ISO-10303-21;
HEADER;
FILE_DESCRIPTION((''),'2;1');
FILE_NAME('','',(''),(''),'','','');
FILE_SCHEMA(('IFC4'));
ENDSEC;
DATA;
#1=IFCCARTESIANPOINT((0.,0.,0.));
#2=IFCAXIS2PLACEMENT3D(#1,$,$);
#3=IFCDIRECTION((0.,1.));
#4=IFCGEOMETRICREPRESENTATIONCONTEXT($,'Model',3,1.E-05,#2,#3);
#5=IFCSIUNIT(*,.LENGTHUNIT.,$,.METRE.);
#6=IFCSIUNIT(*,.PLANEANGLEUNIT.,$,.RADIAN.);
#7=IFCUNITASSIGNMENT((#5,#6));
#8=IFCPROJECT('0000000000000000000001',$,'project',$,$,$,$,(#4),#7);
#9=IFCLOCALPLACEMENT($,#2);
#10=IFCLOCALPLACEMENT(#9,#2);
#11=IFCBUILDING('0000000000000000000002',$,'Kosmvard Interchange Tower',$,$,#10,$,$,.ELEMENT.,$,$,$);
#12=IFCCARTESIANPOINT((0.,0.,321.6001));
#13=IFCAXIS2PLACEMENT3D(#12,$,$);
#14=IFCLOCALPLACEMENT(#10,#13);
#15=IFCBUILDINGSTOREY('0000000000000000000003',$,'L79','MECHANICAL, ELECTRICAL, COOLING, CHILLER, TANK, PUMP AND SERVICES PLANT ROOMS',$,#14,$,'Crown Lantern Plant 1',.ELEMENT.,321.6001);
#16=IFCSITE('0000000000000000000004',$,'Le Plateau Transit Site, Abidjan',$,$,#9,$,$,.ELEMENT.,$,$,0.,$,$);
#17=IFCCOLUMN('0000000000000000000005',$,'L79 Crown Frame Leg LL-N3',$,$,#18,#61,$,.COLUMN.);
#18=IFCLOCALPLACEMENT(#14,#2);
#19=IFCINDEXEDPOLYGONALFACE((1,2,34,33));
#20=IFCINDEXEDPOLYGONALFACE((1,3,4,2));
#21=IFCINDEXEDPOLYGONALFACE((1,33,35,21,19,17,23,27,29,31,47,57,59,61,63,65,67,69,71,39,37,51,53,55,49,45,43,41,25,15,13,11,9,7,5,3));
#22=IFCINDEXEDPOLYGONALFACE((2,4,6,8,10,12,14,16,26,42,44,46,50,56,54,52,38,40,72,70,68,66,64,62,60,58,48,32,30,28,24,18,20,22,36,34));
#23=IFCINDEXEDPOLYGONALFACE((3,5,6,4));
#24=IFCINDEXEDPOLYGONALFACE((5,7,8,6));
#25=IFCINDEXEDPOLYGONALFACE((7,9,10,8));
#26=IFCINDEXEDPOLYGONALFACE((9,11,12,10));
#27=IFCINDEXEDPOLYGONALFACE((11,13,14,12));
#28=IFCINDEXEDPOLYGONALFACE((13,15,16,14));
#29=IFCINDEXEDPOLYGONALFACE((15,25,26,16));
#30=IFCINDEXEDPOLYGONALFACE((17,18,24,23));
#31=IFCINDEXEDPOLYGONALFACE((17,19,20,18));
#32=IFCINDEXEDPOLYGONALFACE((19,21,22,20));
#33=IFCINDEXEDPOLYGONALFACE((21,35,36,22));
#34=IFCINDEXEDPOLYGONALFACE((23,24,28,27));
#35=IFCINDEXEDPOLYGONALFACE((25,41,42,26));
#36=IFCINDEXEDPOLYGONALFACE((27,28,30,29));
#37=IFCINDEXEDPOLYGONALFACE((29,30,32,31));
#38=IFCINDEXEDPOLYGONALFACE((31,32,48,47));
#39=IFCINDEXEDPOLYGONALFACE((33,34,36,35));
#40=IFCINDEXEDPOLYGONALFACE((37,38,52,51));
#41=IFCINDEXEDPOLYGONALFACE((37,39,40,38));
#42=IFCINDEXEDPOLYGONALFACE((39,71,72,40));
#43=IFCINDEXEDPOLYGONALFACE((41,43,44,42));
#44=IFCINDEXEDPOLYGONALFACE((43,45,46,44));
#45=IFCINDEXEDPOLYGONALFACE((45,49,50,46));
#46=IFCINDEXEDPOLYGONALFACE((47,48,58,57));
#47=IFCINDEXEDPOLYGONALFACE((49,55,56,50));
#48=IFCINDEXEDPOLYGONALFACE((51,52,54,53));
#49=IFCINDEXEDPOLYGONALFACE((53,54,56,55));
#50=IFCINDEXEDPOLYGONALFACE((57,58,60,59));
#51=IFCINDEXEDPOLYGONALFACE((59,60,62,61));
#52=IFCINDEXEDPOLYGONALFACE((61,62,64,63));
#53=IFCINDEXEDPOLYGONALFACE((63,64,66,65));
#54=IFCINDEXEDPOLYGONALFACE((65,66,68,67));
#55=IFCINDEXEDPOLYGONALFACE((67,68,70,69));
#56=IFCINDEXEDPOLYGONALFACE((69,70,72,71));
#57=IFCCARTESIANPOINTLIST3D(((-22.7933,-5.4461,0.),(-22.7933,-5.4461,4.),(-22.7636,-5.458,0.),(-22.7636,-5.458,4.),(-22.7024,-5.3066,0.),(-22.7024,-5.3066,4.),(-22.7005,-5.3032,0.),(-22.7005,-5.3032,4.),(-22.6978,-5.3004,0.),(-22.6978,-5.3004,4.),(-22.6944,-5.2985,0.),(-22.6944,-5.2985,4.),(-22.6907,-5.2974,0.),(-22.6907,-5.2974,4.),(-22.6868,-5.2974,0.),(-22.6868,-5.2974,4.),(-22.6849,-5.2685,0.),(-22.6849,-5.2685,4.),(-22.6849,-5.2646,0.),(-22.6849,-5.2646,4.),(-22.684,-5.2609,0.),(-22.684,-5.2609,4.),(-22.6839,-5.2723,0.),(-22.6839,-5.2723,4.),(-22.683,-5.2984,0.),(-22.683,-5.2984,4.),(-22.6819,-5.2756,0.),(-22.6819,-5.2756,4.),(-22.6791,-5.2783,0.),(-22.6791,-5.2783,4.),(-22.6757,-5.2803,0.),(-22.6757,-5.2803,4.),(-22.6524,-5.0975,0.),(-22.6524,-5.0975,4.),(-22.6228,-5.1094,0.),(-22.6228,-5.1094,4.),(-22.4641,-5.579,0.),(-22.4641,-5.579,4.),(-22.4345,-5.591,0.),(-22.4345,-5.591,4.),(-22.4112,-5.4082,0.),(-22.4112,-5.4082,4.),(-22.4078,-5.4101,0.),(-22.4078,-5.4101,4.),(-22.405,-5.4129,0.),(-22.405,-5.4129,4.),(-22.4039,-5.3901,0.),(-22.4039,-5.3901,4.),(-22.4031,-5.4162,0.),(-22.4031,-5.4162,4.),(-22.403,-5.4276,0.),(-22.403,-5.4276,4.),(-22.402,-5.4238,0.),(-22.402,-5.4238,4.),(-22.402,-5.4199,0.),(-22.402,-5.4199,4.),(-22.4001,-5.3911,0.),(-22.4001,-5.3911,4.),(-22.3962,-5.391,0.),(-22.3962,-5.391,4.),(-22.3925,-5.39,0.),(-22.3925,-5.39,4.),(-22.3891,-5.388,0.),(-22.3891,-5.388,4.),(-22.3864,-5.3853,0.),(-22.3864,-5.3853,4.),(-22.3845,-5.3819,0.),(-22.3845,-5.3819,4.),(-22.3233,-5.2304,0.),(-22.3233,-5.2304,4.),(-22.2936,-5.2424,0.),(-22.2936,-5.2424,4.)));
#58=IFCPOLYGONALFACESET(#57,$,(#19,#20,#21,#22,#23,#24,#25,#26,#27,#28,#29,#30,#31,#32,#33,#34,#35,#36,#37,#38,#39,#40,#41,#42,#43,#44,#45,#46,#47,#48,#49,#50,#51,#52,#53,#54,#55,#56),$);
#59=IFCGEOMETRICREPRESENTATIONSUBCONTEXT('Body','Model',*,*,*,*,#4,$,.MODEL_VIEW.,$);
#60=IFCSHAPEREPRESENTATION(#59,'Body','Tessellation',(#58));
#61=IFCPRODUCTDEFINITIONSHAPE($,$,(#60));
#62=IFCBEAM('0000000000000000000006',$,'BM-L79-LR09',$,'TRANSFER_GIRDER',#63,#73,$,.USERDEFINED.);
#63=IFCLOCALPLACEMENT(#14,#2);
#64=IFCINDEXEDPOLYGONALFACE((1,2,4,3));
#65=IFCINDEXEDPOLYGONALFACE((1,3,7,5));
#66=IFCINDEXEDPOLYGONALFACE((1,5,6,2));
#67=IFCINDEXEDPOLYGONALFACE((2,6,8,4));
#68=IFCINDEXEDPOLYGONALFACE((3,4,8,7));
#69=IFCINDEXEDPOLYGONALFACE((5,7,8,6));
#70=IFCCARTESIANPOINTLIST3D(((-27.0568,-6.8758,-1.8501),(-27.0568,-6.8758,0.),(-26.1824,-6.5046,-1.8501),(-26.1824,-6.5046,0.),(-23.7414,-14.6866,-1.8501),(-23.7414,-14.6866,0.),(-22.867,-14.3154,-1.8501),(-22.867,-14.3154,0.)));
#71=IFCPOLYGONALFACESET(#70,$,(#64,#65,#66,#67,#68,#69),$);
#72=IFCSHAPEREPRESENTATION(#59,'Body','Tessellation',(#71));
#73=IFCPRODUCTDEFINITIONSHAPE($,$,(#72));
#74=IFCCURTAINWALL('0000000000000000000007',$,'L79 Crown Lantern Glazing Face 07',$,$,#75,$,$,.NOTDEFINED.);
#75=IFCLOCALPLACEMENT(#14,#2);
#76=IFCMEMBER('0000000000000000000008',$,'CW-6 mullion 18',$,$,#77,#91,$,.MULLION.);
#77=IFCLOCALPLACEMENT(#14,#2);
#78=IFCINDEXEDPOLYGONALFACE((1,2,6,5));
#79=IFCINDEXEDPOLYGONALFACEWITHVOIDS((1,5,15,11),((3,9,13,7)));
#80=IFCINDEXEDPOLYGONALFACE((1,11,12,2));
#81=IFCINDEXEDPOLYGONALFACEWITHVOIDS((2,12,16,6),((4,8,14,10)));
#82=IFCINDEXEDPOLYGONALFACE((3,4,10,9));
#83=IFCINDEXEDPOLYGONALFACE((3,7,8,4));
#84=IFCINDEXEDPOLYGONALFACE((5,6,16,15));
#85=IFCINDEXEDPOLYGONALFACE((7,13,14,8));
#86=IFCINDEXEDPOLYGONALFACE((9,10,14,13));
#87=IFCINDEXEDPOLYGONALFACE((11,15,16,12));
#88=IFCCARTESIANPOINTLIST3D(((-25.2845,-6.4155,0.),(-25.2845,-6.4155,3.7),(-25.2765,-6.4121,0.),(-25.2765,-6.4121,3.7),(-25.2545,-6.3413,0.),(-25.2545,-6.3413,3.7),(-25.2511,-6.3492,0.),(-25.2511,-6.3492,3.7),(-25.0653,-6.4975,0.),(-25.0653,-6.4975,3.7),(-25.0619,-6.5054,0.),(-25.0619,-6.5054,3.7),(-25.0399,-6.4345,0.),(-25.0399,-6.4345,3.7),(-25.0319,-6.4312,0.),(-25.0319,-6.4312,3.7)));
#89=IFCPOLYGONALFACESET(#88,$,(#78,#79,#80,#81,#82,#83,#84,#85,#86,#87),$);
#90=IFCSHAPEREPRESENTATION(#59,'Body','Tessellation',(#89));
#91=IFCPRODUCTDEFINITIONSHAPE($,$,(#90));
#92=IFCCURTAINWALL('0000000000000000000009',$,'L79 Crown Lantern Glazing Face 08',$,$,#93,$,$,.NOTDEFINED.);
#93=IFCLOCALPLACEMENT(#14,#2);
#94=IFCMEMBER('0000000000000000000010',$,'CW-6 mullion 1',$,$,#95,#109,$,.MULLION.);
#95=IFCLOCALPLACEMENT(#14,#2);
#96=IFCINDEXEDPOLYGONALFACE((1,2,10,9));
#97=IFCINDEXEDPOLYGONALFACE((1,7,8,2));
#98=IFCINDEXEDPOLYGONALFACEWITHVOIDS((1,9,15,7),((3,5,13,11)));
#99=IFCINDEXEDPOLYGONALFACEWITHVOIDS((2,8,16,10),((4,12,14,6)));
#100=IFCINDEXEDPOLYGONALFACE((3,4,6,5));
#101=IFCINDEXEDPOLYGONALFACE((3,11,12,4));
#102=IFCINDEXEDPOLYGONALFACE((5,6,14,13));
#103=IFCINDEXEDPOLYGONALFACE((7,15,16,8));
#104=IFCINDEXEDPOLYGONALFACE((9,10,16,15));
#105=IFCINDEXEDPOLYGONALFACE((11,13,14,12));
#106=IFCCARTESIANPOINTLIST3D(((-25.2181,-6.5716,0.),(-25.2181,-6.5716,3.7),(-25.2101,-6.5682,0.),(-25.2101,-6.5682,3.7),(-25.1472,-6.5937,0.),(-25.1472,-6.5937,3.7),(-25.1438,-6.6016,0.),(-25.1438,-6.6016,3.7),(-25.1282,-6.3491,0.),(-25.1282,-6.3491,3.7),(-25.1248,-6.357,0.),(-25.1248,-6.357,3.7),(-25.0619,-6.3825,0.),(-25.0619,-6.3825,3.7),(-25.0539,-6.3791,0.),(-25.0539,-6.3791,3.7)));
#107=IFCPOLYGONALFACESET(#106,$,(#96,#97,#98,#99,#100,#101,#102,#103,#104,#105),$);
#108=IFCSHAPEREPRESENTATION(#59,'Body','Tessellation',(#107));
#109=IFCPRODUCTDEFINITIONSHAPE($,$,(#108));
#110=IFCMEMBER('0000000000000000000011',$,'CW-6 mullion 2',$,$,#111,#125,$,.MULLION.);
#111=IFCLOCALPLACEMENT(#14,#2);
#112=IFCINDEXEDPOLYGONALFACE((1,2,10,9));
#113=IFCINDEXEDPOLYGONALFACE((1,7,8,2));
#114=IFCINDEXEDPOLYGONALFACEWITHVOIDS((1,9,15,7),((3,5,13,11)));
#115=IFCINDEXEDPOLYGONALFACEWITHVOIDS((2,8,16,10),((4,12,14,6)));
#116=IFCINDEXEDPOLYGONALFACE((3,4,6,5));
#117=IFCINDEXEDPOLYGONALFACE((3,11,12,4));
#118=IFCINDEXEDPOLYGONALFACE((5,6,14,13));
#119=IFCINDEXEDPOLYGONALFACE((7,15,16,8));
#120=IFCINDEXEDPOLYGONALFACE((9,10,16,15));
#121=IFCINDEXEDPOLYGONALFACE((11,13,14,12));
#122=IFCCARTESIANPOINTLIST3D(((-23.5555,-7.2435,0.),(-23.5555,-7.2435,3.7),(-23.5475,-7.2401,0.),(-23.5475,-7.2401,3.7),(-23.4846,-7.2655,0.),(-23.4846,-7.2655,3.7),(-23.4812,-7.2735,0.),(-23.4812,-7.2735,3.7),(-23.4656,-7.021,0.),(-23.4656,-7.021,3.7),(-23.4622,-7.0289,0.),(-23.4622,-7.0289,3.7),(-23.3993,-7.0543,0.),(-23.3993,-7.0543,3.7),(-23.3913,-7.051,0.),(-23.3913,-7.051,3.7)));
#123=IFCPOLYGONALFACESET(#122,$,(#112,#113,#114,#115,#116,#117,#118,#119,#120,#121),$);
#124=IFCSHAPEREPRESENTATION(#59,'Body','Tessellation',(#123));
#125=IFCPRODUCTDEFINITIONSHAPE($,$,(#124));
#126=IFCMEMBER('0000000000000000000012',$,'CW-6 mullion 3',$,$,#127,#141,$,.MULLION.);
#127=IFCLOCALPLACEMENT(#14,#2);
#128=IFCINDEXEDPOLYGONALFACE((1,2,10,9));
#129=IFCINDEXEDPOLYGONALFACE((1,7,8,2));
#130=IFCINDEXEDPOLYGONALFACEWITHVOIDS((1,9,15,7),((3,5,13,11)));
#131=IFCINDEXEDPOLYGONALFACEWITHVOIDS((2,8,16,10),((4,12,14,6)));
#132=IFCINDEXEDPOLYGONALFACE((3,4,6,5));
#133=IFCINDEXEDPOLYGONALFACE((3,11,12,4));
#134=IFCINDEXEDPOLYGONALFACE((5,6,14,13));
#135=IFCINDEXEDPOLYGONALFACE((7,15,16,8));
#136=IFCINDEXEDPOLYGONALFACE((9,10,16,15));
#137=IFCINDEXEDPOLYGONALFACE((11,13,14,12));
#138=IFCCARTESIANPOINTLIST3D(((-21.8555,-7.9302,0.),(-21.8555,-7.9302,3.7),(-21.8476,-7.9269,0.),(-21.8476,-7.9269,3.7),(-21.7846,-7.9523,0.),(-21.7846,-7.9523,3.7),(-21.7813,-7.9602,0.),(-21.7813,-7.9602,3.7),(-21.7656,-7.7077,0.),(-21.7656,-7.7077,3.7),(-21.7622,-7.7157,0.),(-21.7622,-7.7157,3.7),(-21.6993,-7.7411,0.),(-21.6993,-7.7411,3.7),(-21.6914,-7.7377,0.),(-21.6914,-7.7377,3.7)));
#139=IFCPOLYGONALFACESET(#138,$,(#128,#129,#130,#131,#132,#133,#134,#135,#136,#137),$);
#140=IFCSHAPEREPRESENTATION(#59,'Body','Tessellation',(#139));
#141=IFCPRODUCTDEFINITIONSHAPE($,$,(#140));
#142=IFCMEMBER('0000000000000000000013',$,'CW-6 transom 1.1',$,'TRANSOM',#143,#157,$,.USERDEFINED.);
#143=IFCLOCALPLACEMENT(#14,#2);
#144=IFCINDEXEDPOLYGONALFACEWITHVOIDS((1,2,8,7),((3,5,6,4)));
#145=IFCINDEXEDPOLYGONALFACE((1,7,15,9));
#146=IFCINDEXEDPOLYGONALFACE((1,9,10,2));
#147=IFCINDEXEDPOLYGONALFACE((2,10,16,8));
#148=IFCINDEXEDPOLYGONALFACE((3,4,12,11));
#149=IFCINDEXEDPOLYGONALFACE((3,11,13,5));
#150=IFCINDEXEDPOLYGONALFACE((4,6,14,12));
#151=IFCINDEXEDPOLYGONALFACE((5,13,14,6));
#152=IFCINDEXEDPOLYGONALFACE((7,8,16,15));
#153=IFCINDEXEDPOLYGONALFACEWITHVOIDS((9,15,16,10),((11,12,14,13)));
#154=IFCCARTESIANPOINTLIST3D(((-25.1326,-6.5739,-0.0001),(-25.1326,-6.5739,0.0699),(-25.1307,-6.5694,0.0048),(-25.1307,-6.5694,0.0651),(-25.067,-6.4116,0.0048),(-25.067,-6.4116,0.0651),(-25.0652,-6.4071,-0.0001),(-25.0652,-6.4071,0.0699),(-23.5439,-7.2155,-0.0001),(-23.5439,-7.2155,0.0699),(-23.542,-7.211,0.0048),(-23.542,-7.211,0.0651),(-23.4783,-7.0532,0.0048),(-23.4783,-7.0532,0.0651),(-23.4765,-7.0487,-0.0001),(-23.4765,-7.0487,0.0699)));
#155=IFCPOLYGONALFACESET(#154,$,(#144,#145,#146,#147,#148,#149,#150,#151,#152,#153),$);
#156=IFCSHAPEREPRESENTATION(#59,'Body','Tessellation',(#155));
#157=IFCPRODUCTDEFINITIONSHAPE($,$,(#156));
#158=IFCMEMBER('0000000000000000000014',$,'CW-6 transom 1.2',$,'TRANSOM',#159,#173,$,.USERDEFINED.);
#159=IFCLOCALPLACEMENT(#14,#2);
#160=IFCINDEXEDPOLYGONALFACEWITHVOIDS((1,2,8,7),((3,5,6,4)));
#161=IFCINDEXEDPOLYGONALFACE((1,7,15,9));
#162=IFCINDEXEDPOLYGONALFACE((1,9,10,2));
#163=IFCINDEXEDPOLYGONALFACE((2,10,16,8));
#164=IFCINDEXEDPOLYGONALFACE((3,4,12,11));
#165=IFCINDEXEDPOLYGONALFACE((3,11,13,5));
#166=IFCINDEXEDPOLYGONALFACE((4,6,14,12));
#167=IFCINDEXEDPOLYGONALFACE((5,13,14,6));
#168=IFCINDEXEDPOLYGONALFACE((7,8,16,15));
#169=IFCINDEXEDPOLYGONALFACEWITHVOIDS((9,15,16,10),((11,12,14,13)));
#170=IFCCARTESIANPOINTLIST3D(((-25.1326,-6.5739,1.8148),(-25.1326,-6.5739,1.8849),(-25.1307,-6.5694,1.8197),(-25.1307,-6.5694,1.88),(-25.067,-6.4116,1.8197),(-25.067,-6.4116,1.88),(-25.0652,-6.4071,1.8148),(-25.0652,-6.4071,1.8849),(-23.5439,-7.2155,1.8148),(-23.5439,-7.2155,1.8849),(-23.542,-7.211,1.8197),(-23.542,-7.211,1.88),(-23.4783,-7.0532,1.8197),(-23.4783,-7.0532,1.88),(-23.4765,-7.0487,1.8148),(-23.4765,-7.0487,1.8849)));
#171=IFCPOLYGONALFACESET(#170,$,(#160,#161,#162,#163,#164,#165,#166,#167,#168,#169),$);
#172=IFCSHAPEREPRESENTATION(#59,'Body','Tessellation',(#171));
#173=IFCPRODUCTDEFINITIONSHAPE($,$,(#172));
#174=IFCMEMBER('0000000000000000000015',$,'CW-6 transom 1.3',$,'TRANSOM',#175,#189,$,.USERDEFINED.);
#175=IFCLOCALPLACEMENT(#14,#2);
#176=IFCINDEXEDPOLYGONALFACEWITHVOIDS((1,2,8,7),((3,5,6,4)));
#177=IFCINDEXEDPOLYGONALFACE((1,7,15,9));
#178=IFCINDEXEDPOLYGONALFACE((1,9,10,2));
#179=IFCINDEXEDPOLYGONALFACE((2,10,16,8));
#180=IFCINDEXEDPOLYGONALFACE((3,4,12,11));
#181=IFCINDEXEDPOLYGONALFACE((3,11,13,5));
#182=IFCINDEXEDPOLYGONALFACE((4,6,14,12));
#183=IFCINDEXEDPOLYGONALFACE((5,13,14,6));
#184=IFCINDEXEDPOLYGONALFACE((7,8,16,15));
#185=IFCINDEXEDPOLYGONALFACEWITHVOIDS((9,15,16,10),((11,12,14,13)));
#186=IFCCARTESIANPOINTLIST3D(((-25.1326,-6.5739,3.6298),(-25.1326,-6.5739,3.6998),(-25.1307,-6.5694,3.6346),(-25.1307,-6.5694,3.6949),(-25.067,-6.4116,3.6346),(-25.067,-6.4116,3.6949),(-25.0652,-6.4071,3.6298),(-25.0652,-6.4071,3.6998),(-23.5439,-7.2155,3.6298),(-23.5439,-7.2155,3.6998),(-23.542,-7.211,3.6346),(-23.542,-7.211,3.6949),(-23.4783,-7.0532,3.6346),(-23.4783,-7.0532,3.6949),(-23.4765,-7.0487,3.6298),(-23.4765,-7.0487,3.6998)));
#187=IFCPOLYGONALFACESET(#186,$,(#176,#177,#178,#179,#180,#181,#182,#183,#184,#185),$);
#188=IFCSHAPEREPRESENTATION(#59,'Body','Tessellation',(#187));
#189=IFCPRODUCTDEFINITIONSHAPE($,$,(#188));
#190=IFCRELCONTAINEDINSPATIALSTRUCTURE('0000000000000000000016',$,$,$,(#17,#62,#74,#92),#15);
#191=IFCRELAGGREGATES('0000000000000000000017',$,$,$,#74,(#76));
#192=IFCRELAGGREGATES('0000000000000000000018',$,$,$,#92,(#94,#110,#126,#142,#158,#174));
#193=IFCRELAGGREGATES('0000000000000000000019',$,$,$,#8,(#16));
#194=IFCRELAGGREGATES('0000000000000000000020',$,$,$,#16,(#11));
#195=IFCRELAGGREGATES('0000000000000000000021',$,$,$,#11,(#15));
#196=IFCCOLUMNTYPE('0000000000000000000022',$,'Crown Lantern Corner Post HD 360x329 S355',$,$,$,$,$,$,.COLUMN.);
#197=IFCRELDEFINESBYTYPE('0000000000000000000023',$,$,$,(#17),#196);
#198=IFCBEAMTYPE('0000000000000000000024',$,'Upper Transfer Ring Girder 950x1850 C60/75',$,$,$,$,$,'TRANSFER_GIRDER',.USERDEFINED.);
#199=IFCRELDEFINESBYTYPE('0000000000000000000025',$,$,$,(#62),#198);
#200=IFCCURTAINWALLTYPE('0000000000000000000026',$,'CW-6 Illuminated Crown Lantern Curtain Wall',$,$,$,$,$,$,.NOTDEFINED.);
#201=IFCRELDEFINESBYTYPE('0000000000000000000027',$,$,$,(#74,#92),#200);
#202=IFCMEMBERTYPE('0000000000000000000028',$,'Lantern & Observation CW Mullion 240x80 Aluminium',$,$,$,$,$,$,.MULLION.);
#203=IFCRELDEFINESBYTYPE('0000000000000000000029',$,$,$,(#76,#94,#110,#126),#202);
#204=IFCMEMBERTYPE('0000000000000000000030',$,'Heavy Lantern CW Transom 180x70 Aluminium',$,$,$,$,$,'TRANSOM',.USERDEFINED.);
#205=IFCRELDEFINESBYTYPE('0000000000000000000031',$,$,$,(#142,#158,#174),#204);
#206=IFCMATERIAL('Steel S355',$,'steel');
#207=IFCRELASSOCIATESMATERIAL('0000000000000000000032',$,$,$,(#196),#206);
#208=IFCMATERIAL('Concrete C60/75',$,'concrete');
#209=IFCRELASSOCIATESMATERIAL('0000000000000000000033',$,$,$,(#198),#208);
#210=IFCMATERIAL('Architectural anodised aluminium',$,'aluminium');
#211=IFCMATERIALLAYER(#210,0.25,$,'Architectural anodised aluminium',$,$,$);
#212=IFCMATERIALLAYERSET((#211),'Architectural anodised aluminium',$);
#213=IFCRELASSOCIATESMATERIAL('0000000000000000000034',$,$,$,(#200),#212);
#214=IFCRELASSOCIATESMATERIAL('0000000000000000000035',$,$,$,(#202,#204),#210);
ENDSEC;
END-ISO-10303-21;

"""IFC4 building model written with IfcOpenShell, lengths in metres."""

from ifc_helpers import new_model, si_unit, direction, frame, origin, origin_2d, place, context, subcontext, project, spatial, rectangle, hollow_rectangle, i_section, extrude, source, transform, mapped, material, layer, layer_set, material_profile, profile_set, type_object, element, aggregate, save


model = new_model("IFC4")

# Units and contexts
model_context = context("Model", 3, precision=1e-05, world=origin(), true_north=direction((0.0, 1.0)))
body_context = subcontext(model_context, "Body", "Model", "MODEL_VIEW")
ifc_project = project(units=[si_unit("LENGTHUNIT", "METRE"), si_unit("PLANEANGLEUNIT", "RADIAN")], contexts=[model_context])

# Site, building, storey
site_placement = place(None, origin())
site = spatial("IfcSite", under=ifc_project, at=site_placement, Name="Le Plateau Transit Site, Abidjan", CompositionType="ELEMENT", RefElevation=0.0)
building_placement = place(site_placement, origin())
building = spatial("IfcBuilding", under=site, at=building_placement, Name="Kosmvard Interchange Tower", CompositionType="ELEMENT")
storey_placement = place(building_placement, frame((0.0, 0.0, 321.6001)))
storey = spatial("IfcBuildingStorey", under=building, at=storey_placement, Name="L79", Description="MECHANICAL, ELECTRICAL, COOLING, CHILLER, TANK, PUMP AND SERVICES PLANT ROOMS", LongName="Crown Lantern Plant 1", CompositionType="ELEMENT", Elevation=321.6001)

# Column
ifc_material_1 = material(Name="Steel S355", Category="steel")
ifc_material_profile_1 = material_profile(ifc_material_1, i_section(OverallWidth=0.376, OverallDepth=0.387, WebThickness=0.0195, FlangeThickness=0.032, FilletRadius=0.0149, at=origin_2d()), Name="HD 360x329")
ifc_profile_set_1 = profile_set([ifc_material_profile_1], Name="Steel S355")
column_type = type_object("IfcColumnType", Name="Crown Lantern Corner Post HD 360x329 S355", PredefinedType="COLUMN", material=ifc_profile_set_1)
shared_shape_1 = source(origin(), body_context, "Body", "SweptSolid", [
    extrude(i_section(OverallWidth=0.376, OverallDepth=0.387, WebThickness=0.0195, FlangeThickness=0.032, FilletRadius=0.0149, at=origin_2d()), origin(), (0.0, 0.0, 1.0), 4.0),
])
column_placement = place(storey_placement, frame((-22.5435, -5.3442, 0.0), z_axis=(0.0, 0.0, 1.0), x_axis=(0.374607, 0.927184, 0.0)))
element("IfcColumn", 1, at=column_placement, inside=storey, type_object=column_type, Name="L79 Crown Frame Leg LL-N3", PredefinedType="COLUMN", context=body_context, shape_type="MappedRepresentation", body=[
    mapped(shared_shape_1, transform((0.0, 0.0, 0.0), scale=1.0)),
])

# Beam
ifc_material_2 = material(Name="Concrete C60/75", Category="concrete")
ifc_material_profile_2 = material_profile(ifc_material_2, rectangle(XDim=0.95, YDim=1.8501, at=origin_2d()), Name="TG 950x1850")
ifc_profile_set_2 = profile_set([ifc_material_profile_2], Name="Concrete C60/75")
beam_type = type_object("IfcBeamType", Name="Upper Transfer Ring Girder 950x1850 C60/75", ElementType="TRANSFER_GIRDER", PredefinedType="USERDEFINED", material=ifc_profile_set_2)
shared_shape_2 = source(origin(), body_context, "Body", "SweptSolid", [
    extrude(rectangle(XDim=0.95, YDim=1.8501, at=origin_2d()), origin(), (0.0, 0.0, 1.0), 8.4854),
])
beam_placement = place(storey_placement, frame((-26.6196, -6.6902, -0.925), z_axis=(0.390726, -0.920507, 0.0), x_axis=(0.920507, 0.390726, 0.0)))
element("IfcBeam", 2, at=beam_placement, inside=storey, type_object=beam_type, Name="BM-L79-LR09", ObjectType="TRANSFER_GIRDER", PredefinedType="USERDEFINED", context=body_context, shape_type="MappedRepresentation", body=[
    mapped(shared_shape_2, transform((0.0, 0.0, 0.0), scale=1.0)),
])

# Curtain wall, member
ifc_material_3 = material(Name="Architectural anodised aluminium", Category="aluminium")
ifc_layer_1 = layer(ifc_material_3, 0.25, Name="Architectural anodised aluminium")
ifc_layer_set_1 = layer_set([ifc_layer_1], Name="Architectural anodised aluminium")
curtain_wall_type = type_object("IfcCurtainWallType", Name="CW-6 Illuminated Crown Lantern Curtain Wall", PredefinedType="NOTDEFINED", material=ifc_layer_set_1)
curtain_wall_1_placement = place(storey_placement, origin())
curtain_wall_1 = element("IfcCurtainWall", 3, at=curtain_wall_1_placement, inside=storey, type_object=curtain_wall_type, Name="L79 Crown Lantern Glazing Face 07", PredefinedType="NOTDEFINED")
ifc_material_profile_3 = material_profile(ifc_material_3, hollow_rectangle(XDim=0.24, YDim=0.0801, WallThickness=0.0061, at=origin_2d()), Name="CWM 240x80x6")
ifc_profile_set_3 = profile_set([ifc_material_profile_3], Name="Architectural anodised aluminium")
member_type_1 = type_object("IfcMemberType", Name="Lantern & Observation CW Mullion 240x80 Aluminium", PredefinedType="MULLION", material=ifc_profile_set_3)
shared_shape_3 = source(origin(), body_context, "Body", "SweptSolid", [
    extrude(hollow_rectangle(XDim=0.24, YDim=0.0801, WallThickness=0.0061, at=origin_2d()), origin(), (0.0, 0.0, 1.0), 3.7),
])
member_1_placement = place(storey_placement, frame((-25.1582, -6.4233, 0.0), z_axis=(0.0, 0.0, 1.0), x_axis=(0.927184, -0.374607, 0.0)))
member_1 = element("IfcMember", 4, at=member_1_placement, type_object=member_type_1, Name="CW-6 mullion 18", PredefinedType="MULLION", context=body_context, shape_type="MappedRepresentation", body=[
    mapped(shared_shape_3, transform((0.0, 0.0, 0.0), scale=1.0)),
])

# Curtain wall, members
curtain_wall_2_placement = place(storey_placement, origin())
curtain_wall_2 = element("IfcCurtainWall", 5, at=curtain_wall_2_placement, inside=storey, type_object=curtain_wall_type, Name="L79 Crown Lantern Glazing Face 08", PredefinedType="NOTDEFINED")
member_2_placement = place(storey_placement, frame((-25.136, -6.4753, 0.0), z_axis=(0.0, 0.0, 1.0), x_axis=(0.374607, 0.927184, 0.0)))
member_2 = element("IfcMember", 6, at=member_2_placement, type_object=member_type_1, Name="CW-6 mullion 1", PredefinedType="MULLION", context=body_context, shape_type="MappedRepresentation", body=[
    mapped(shared_shape_3, transform((0.0, 0.0, 0.0), scale=1.0)),
])
member_3_placement = place(storey_placement, frame((-23.4734, -7.1472, 0.0), z_axis=(0.0, 0.0, 1.0), x_axis=(0.374607, 0.927184, 0.0)))
member_3 = element("IfcMember", 7, at=member_3_placement, type_object=member_type_1, Name="CW-6 mullion 2", PredefinedType="MULLION", context=body_context, shape_type="MappedRepresentation", body=[
    mapped(shared_shape_3, transform((0.0, 0.0, 0.0), scale=1.0)),
])
member_4_placement = place(storey_placement, frame((-21.7734, -7.834, 0.0), z_axis=(0.0, 0.0, 1.0), x_axis=(0.374607, 0.927184, 0.0)))
member_4 = element("IfcMember", 8, at=member_4_placement, type_object=member_type_1, Name="CW-6 mullion 3", PredefinedType="MULLION", context=body_context, shape_type="MappedRepresentation", body=[
    mapped(shared_shape_3, transform((0.0, 0.0, 0.0), scale=1.0)),
])
ifc_material_profile_4 = material_profile(ifc_material_3, hollow_rectangle(XDim=0.1799, YDim=0.0701, WallThickness=0.0049, at=origin_2d()), Name="CWT 180x70x5")
ifc_profile_set_4 = profile_set([ifc_material_profile_4], Name="Architectural anodised aluminium")
member_type_2 = type_object("IfcMemberType", Name="Heavy Lantern CW Transom 180x70 Aluminium", ElementType="TRANSOM", PredefinedType="USERDEFINED", material=ifc_profile_set_4)
shared_shape_4 = source(origin(), body_context, "Body", "SweptSolid", [
    extrude(hollow_rectangle(XDim=0.1799, YDim=0.0701, WallThickness=0.0049, at=origin_2d()), origin(), (0.0, 0.0, 1.0), 1.7134),
])
member_5_placement = place(storey_placement, frame((-25.0989, -6.4905, 0.0349), z_axis=(0.927233, -0.374484, 0.0), x_axis=(0.374484, 0.927233, 0.0)))
member_5 = element("IfcMember", 9, at=member_5_placement, type_object=member_type_2, Name="CW-6 transom 1.1", ObjectType="TRANSOM", PredefinedType="USERDEFINED", context=body_context, shape_type="MappedRepresentation", body=[
    mapped(shared_shape_4, transform((0.0, 0.0, 0.0), scale=1.0)),
])
member_6_placement = place(storey_placement, frame((-25.0989, -6.4905, 1.8499), z_axis=(0.927233, -0.374484, 0.0), x_axis=(0.374484, 0.927233, 0.0)))
member_6 = element("IfcMember", 10, at=member_6_placement, type_object=member_type_2, Name="CW-6 transom 1.2", ObjectType="TRANSOM", PredefinedType="USERDEFINED", context=body_context, shape_type="MappedRepresentation", body=[
    mapped(shared_shape_4, transform((0.0, 0.0, 0.0), scale=1.0)),
])
member_7_placement = place(storey_placement, frame((-25.0989, -6.4905, 3.6648), z_axis=(0.927233, -0.374484, 0.0), x_axis=(0.374484, 0.927233, 0.0)))
member_7 = element("IfcMember", 11, at=member_7_placement, type_object=member_type_2, Name="CW-6 transom 1.3", ObjectType="TRANSOM", PredefinedType="USERDEFINED", context=body_context, shape_type="MappedRepresentation", body=[
    mapped(shared_shape_4, transform((0.0, 0.0, 0.0), scale=1.0)),
])

aggregate(curtain_wall_1, [member_1])
aggregate(curtain_wall_2, [member_2, member_3, member_4, member_5, member_6, member_7])

save(model, "model.ifc")
